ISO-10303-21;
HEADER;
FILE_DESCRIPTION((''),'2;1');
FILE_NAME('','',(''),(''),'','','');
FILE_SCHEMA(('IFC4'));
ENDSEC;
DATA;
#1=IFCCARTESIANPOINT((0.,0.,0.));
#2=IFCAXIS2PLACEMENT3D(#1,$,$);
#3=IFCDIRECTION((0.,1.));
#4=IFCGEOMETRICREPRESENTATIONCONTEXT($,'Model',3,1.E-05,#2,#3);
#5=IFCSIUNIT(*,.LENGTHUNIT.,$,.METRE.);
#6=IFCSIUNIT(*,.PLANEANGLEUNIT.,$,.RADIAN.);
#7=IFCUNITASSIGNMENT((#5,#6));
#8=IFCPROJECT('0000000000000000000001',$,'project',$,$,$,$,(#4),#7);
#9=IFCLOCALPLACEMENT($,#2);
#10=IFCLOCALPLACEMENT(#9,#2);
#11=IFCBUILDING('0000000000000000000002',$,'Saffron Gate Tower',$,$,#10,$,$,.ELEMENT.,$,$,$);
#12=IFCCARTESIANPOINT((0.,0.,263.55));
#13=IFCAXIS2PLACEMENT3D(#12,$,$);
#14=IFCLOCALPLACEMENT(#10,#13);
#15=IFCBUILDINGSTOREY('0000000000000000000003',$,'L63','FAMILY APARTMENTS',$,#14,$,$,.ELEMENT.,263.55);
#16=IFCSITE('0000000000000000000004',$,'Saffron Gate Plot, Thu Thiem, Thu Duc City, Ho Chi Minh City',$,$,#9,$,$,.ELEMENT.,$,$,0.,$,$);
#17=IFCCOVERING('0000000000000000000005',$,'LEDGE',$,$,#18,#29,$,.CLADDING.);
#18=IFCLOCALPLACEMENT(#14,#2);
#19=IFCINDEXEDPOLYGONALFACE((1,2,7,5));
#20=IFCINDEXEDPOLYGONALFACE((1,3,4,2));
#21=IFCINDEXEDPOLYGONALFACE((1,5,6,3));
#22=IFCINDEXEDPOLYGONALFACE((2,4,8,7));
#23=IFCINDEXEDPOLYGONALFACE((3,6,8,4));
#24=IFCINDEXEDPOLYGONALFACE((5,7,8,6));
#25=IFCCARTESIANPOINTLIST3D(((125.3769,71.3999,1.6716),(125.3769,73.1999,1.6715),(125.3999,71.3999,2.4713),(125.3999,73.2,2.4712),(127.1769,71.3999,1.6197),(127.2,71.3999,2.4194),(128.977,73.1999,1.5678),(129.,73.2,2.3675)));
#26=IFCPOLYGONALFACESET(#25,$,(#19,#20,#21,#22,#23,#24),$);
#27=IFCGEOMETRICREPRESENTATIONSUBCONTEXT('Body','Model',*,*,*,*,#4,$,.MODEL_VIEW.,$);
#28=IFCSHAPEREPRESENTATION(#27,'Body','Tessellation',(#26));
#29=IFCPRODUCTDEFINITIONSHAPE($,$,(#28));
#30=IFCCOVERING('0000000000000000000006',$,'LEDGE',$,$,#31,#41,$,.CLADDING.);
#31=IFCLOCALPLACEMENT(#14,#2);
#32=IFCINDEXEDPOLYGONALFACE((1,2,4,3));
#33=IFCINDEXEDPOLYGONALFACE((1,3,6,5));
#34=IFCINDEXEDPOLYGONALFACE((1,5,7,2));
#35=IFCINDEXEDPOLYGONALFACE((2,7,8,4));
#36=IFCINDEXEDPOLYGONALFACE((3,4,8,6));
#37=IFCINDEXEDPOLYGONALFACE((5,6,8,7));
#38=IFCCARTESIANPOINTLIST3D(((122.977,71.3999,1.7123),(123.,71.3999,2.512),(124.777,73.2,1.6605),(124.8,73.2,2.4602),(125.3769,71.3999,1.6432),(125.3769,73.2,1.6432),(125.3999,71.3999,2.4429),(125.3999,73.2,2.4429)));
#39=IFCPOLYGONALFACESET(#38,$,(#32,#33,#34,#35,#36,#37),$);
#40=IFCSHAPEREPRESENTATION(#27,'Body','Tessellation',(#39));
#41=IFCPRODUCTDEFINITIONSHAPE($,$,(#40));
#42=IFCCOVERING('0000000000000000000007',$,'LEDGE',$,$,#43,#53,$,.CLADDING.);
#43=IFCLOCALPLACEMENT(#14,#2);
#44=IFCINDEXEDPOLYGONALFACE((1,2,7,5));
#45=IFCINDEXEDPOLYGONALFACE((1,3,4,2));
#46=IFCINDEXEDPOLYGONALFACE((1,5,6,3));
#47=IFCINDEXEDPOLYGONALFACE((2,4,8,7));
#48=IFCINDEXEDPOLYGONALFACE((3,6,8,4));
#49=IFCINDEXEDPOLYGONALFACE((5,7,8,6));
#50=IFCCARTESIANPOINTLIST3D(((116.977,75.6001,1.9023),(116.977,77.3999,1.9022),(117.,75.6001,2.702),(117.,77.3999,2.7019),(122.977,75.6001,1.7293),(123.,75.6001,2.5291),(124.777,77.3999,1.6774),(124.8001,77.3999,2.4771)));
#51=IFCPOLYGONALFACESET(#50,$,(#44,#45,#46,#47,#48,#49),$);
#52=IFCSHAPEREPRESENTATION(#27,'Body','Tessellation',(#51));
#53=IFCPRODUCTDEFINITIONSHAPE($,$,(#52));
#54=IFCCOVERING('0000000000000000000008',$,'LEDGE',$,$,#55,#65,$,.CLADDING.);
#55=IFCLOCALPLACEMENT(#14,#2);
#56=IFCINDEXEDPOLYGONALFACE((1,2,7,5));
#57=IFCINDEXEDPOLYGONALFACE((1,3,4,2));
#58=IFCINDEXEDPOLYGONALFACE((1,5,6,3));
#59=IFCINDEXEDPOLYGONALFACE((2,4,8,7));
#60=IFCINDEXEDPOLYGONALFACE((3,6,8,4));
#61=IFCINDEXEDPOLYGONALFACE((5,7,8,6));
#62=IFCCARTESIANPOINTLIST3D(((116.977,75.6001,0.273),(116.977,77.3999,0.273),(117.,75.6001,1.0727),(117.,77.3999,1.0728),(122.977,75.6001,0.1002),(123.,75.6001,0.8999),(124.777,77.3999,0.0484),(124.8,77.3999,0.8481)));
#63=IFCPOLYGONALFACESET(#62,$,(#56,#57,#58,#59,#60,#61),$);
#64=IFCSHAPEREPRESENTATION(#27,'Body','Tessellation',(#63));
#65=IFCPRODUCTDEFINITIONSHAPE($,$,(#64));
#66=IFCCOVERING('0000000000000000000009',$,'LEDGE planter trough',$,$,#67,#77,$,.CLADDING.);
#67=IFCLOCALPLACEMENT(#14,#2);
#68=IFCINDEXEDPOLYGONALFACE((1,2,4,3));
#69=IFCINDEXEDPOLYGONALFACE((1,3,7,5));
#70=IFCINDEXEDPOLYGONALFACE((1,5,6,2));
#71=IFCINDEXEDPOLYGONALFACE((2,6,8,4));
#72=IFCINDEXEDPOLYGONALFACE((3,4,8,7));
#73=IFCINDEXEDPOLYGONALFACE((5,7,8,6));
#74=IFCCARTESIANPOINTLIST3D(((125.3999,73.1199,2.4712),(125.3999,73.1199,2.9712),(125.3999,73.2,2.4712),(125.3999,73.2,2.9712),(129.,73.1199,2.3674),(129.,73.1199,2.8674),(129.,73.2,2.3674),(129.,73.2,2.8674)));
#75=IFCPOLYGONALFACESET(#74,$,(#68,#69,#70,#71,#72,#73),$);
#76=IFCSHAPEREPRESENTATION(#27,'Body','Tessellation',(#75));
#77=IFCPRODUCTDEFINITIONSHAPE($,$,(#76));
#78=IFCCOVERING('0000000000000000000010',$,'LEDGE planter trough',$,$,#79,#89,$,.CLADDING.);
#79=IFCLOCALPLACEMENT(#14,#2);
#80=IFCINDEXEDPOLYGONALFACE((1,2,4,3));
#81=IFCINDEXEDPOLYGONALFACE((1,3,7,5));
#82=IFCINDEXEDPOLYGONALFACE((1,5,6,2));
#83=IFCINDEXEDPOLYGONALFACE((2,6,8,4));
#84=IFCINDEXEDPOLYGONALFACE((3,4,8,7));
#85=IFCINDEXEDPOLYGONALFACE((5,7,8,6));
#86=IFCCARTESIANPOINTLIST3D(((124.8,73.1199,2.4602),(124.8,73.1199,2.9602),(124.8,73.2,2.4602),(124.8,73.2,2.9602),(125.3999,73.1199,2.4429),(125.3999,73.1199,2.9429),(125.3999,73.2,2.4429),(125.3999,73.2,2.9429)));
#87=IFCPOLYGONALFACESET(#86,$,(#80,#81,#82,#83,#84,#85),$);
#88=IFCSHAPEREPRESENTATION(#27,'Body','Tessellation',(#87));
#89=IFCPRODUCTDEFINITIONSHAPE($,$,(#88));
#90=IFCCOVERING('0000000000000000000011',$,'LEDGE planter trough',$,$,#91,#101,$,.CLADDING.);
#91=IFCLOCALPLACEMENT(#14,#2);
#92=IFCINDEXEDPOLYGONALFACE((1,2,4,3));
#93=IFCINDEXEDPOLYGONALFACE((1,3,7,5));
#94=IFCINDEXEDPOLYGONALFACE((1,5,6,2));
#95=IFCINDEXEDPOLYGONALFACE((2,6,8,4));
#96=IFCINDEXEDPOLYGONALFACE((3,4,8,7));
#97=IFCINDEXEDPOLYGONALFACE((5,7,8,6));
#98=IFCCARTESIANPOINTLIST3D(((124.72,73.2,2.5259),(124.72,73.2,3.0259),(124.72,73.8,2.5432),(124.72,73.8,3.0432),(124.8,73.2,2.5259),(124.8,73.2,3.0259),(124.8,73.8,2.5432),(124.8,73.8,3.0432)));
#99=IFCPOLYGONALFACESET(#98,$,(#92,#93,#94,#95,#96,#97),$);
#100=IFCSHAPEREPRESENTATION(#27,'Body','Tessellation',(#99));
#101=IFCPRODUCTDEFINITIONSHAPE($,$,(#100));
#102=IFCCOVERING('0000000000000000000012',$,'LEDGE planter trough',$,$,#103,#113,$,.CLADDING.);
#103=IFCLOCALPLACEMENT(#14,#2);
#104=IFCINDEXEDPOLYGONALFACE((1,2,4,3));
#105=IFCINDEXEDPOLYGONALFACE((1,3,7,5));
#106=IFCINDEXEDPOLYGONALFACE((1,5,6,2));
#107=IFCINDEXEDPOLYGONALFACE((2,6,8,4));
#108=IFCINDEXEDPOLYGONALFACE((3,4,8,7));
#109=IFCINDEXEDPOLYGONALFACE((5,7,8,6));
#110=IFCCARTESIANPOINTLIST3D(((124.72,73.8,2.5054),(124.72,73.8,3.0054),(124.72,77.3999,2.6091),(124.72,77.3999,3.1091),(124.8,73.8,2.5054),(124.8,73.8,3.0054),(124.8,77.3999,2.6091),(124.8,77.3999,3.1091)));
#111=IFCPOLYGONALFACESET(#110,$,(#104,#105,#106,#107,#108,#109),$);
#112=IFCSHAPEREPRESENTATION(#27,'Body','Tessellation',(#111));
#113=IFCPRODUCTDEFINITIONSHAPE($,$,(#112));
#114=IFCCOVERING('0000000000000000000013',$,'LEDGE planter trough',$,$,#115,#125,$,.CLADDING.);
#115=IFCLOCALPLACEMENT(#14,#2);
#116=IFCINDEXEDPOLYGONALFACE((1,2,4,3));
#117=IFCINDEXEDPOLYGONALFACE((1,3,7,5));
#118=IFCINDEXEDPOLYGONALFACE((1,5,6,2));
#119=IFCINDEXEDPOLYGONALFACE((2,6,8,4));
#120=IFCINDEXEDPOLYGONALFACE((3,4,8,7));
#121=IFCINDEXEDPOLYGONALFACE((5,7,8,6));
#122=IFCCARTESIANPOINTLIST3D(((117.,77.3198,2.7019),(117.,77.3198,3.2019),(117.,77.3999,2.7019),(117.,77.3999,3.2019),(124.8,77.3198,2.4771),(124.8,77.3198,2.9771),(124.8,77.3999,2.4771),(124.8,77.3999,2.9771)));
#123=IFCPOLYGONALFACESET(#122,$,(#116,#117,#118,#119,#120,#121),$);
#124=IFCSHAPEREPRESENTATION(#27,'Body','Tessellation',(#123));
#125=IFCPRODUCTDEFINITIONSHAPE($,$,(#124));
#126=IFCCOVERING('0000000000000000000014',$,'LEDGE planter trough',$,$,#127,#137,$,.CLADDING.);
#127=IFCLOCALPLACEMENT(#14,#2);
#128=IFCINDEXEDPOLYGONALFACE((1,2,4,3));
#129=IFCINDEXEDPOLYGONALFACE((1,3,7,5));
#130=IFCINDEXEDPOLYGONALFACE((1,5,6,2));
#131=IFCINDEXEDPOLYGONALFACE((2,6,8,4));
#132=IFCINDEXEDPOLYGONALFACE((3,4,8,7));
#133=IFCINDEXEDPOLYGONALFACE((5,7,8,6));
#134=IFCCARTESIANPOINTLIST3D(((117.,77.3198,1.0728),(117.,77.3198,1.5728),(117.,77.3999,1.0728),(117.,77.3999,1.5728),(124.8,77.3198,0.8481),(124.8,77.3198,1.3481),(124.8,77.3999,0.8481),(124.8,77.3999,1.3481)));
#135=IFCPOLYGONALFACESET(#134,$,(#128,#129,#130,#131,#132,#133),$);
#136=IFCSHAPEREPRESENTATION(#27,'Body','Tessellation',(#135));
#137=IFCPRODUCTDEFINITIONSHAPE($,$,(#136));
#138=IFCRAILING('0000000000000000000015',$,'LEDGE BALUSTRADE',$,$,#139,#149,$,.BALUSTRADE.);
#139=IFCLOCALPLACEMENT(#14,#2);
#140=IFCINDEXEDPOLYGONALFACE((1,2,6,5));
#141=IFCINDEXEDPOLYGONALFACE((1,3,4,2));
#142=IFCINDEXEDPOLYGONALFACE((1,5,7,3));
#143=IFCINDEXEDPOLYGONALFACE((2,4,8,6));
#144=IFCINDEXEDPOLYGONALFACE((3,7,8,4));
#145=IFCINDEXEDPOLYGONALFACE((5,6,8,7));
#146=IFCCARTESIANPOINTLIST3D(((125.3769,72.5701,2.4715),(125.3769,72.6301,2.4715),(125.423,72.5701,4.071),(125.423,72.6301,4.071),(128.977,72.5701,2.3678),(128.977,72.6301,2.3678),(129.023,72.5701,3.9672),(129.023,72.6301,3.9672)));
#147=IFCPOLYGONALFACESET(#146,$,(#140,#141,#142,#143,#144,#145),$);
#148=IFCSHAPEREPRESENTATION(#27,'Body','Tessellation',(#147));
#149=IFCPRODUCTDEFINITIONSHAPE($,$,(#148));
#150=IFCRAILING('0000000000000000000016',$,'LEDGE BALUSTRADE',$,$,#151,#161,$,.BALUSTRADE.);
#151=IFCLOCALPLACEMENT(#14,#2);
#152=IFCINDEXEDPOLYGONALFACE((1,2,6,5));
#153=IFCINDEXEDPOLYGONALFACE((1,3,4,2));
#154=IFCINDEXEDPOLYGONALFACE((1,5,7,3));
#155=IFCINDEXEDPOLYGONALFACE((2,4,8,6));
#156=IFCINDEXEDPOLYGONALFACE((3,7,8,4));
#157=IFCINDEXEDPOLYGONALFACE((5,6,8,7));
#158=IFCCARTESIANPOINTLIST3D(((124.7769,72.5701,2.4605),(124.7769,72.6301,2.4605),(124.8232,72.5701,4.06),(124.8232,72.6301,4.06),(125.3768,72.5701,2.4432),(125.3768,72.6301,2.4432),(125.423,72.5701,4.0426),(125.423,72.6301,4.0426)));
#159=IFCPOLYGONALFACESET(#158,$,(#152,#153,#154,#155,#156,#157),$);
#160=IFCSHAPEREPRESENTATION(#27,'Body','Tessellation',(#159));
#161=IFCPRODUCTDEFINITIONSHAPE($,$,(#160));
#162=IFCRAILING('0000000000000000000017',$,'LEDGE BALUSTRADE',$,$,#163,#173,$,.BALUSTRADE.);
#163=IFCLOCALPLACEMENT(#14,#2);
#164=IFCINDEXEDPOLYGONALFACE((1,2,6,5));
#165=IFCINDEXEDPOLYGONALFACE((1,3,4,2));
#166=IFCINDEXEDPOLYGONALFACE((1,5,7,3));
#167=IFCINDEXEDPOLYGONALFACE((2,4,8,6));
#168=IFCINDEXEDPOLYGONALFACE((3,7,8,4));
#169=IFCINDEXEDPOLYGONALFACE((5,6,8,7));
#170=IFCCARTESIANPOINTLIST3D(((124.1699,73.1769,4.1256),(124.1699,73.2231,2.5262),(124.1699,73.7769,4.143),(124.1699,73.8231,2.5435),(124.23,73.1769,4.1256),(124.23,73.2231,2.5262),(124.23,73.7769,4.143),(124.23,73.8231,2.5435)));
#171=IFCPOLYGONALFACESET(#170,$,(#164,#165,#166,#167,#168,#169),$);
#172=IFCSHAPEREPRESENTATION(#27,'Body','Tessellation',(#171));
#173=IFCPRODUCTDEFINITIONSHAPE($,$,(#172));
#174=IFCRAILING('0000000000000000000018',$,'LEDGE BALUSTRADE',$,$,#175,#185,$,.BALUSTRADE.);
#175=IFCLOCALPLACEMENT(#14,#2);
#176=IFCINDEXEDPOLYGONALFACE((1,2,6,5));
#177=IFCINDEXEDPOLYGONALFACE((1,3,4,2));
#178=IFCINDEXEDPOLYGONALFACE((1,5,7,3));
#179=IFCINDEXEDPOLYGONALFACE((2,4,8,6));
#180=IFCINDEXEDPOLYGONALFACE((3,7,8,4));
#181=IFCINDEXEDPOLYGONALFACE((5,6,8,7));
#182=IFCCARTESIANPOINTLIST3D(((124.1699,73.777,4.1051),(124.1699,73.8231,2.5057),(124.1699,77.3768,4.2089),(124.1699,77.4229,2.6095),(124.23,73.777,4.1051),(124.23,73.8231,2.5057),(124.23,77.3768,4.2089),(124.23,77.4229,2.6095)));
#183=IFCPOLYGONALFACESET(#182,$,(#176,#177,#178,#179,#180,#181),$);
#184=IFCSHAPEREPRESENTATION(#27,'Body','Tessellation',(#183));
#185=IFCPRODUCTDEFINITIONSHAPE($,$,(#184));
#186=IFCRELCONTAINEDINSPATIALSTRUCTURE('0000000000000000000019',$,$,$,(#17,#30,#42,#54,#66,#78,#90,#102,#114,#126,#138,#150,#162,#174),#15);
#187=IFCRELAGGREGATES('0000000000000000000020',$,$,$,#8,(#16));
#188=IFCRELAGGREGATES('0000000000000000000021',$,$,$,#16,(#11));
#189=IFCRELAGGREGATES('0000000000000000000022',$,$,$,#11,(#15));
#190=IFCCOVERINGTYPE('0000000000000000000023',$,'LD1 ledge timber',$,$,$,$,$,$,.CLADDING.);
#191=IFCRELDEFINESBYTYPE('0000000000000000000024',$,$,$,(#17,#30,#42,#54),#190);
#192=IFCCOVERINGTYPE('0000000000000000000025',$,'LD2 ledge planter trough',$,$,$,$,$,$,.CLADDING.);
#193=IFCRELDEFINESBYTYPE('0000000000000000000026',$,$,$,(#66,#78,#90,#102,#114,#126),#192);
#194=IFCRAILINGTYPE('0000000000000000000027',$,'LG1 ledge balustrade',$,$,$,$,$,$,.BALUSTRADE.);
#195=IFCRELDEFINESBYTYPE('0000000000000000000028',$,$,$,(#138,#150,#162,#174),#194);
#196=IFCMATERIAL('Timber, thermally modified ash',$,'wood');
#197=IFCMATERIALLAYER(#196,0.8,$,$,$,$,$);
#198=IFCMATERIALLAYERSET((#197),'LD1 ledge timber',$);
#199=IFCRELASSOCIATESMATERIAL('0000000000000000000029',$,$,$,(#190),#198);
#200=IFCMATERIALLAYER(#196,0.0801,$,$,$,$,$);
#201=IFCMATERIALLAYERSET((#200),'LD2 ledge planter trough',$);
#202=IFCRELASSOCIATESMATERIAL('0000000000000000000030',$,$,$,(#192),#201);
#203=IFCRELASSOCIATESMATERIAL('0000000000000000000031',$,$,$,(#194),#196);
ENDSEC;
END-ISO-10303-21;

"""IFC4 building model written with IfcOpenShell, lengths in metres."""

from ifc_helpers import new_model, si_unit, direction, frame, origin, origin_2d, place, context, subcontext, project, spatial, polyline, rectangle, outline, extrude, material, layer, layer_set, type_object, element, save


model = new_model("IFC4")

# Units and contexts
model_context = context("Model", 3, precision=1e-05, world=origin(), true_north=direction((0.0, 1.0)))
body_context = subcontext(model_context, "Body", "Model", "MODEL_VIEW")
ifc_project = project(units=[si_unit("LENGTHUNIT", "METRE"), si_unit("PLANEANGLEUNIT", "RADIAN")], contexts=[model_context])

# Site, building, storey
site_placement = place(None, origin())
site = spatial("IfcSite", under=ifc_project, at=site_placement, Name="Saffron Gate Plot, Thu Thiem, Thu Duc City, Ho Chi Minh City", CompositionType="ELEMENT", RefElevation=0.0)
building_placement = place(site_placement, origin())
building = spatial("IfcBuilding", under=site, at=building_placement, Name="Saffron Gate Tower", CompositionType="ELEMENT")
storey_placement = place(building_placement, frame((0.0, 0.0, 263.55)))
storey = spatial("IfcBuildingStorey", under=building, at=storey_placement, Name="L63", Description="FAMILY APARTMENTS", CompositionType="ELEMENT", Elevation=263.55)

# Coverings
ifc_material = material(Name="Timber, thermally modified ash", Category="wood")
ifc_layer_1 = layer(ifc_material, 0.8)
ifc_layer_set_1 = layer_set([ifc_layer_1], Name="LD1 ledge timber")
covering_type_1 = type_object("IfcCoveringType", Name="LD1 ledge timber", PredefinedType="CLADDING", material=ifc_layer_set_1)
covering_1_placement = place(storey_placement, frame((127.2, 71.3999, 2.4194), z_axis=(0.028787, 0.000045, 0.999586), x_axis=(-0.999586, 0.0, 0.028787)))
element("IfcCovering", 1, at=covering_1_placement, inside=storey, type_object=covering_type_1, Name="LEDGE", PredefinedType="CLADDING", context=body_context, shape_type="SweptSolid", body=[
    extrude(outline(polyline([(0.0, 0.0), (1.8008, 0.0), (1.8008, -1.8), (-1.8008, -1.8), (0.0, 0.0)])), origin(), (0.0, 0.0, -1.0), 0.8),
])
covering_2_placement = place(storey_placement, frame((125.3999, 71.3999, 2.4429), z_axis=(0.028799, -0.000029, 0.999585), x_axis=(-0.999585, 0.0, 0.028799)))
element("IfcCovering", 2, at=covering_2_placement, inside=storey, type_object=covering_type_1, Name="LEDGE", PredefinedType="CLADDING", context=body_context, shape_type="SweptSolid", body=[
    extrude(outline(polyline([(0.0, 0.0), (2.4009, 0.0), (0.6001, -1.8), (0.0, -1.8), (0.0, 0.0)])), origin(), (0.0, 0.0, -1.0), 0.8),
])
covering_3_placement = place(storey_placement, frame((123.0, 75.6001, 2.5291), z_axis=(0.028807, 0.000035, 0.999585), x_axis=(-0.999585, 0.0, 0.028807)))
element("IfcCovering", 3, at=covering_3_placement, inside=storey, type_object=covering_type_1, Name="LEDGE", PredefinedType="CLADDING", context=body_context, shape_type="SweptSolid", body=[
    extrude(outline(polyline([(0.0, 0.0), (6.0025, 0.0), (6.0025, -1.7998), (-1.8008, -1.7998), (0.0, 0.0)])), origin(), (0.0, 0.0, -1.0), 0.8),
])
covering_4_placement = place(storey_placement, frame((123.0, 75.6001, 0.8999), z_axis=(0.028789, -0.000024, 0.999585), x_axis=(-0.999585, 0.0, 0.028789)))
element("IfcCovering", 4, at=covering_4_placement, inside=storey, type_object=covering_type_1, Name="LEDGE", PredefinedType="CLADDING", context=body_context, shape_type="SweptSolid", body=[
    extrude(outline(polyline([(0.0, 0.0), (6.0025, 0.0), (6.0025, -1.7998), (-1.8008, -1.7998), (0.0, 0.0)])), origin(), (0.0, 0.0, -1.0), 0.8),
])
ifc_layer_2 = layer(ifc_material, 0.0801)
ifc_layer_set_2 = layer_set([ifc_layer_2], Name="LD2 ledge planter trough")
covering_type_2 = type_object("IfcCoveringType", Name="LD2 ledge planter trough", PredefinedType="CLADDING", material=ifc_layer_set_2)
covering_5_placement = place(storey_placement, frame((129.0, 73.2, 2.3674), z_axis=(0.0, 1.0, 0.0), x_axis=(-0.999585, 0.0, 0.028809)))
element("IfcCovering", 5, at=covering_5_placement, inside=storey, type_object=covering_type_2, Name="LEDGE planter trough", PredefinedType="CLADDING", context=body_context, shape_type="SweptSolid", body=[
    extrude(outline(polyline([(0.0, 0.0), (3.6016, 0.0), (3.616, 0.4998), (0.0144, 0.4998), (0.0, 0.0)])), origin(), (0.0, 0.0, -1.0), 0.0801),
])
covering_6_placement = place(storey_placement, frame((125.3999, 73.2, 2.4429), z_axis=(0.0, 1.0, 0.0), x_axis=(-0.999583, 0.0, 0.028885)))
element("IfcCovering", 6, at=covering_6_placement, inside=storey, type_object=covering_type_2, Name="LEDGE planter trough", PredefinedType="CLADDING", context=body_context, shape_type="SweptSolid", body=[
    extrude(outline(polyline([(0.0, 0.0), (0.6001, 0.0), (0.6145, 0.4998), (0.0144, 0.4998), (0.0, 0.0)])), origin(), (0.0, 0.0, -1.0), 0.0801),
])
covering_7_placement = place(storey_placement, frame((124.8, 73.2, 2.5259), z_axis=(1.0, 0.0, 0.0), x_axis=(0.0, 0.999583, 0.028873)))
element("IfcCovering", 7, at=covering_7_placement, inside=storey, type_object=covering_type_2, Name="LEDGE planter trough", PredefinedType="CLADDING", context=body_context, shape_type="SweptSolid", body=[
    extrude(outline(polyline([(0.0, 0.0), (0.6003, 0.0), (0.6148, 0.4998), (0.0144, 0.4998), (0.0, 0.0)])), origin(), (0.0, 0.0, -1.0), 0.0801),
])
covering_8_placement = place(storey_placement, frame((124.8, 73.8, 2.5054), z_axis=(1.0, 0.0, 0.0), x_axis=(0.0, 0.999585, 0.028811)))
element("IfcCovering", 8, at=covering_8_placement, inside=storey, type_object=covering_type_2, Name="LEDGE planter trough", PredefinedType="CLADDING", context=body_context, shape_type="SweptSolid", body=[
    extrude(outline(polyline([(0.0, 0.0), (3.6013, 0.0), (3.6158, 0.4998), (0.0144, 0.4998), (0.0, 0.0)])), origin(), (0.0, 0.0, -1.0), 0.0801),
])
covering_9_placement = place(storey_placement, frame((124.8, 77.3999, 2.4771), z_axis=(0.0, 1.0, 0.0), x_axis=(-0.999585, 0.0, 0.028815)))
element("IfcCovering", 9, at=covering_9_placement, inside=storey, type_object=covering_type_2, Name="LEDGE planter trough", PredefinedType="CLADDING", context=body_context, shape_type="SweptSolid", body=[
    extrude(outline(polyline([(0.0, 0.0), (7.8033, 0.0), (7.8177, 0.4998), (0.0144, 0.4998), (0.0, 0.0)])), origin(), (0.0, 0.0, -1.0), 0.0801),
])
covering_10_placement = place(storey_placement, frame((124.8, 77.3999, 0.8481), z_axis=(0.0, 1.0, 0.0), x_axis=(-0.999586, 0.0, 0.028784)))
element("IfcCovering", 10, at=covering_10_placement, inside=storey, type_object=covering_type_2, Name="LEDGE planter trough", PredefinedType="CLADDING", context=body_context, shape_type="SweptSolid", body=[
    extrude(outline(polyline([(0.0, 0.0), (7.8033, 0.0), (7.8177, 0.4998), (0.0144, 0.4998), (0.0, 0.0)])), origin(), (0.0, 0.0, -1.0), 0.0801),
])

# Railings
railing_type = type_object("IfcRailingType", Name="LG1 ledge balustrade", PredefinedType="BALUSTRADE", material=ifc_material)
railing_1_placement = place(storey_placement, frame((129.0, 72.6001, 2.3674)))
element("IfcRailing", 11, at=railing_1_placement, inside=storey, type_object=railing_type, Name="LEDGE BALUSTRADE", PredefinedType="BALUSTRADE", context=body_context, shape_type="SweptSolid", body=[
    extrude(rectangle(XDim=0.0601, YDim=1.6001, at=origin_2d()), frame((0.0, 0.0, 0.8), z_axis=(-0.999585, 0.0, 0.028809), x_axis=(0.0, -1.0, 0.0)), (0.0, 0.0, 1.0), 3.6016),
])
railing_2_placement = place(storey_placement, frame((125.3999, 72.6001, 2.4429)))
element("IfcRailing", 12, at=railing_2_placement, inside=storey, type_object=railing_type, Name="LEDGE BALUSTRADE", PredefinedType="BALUSTRADE", context=body_context, shape_type="SweptSolid", body=[
    extrude(rectangle(XDim=0.0601, YDim=1.6001, at=origin_2d()), frame((0.0, 0.0, 0.8), z_axis=(-0.999583, 0.0, 0.028885), x_axis=(0.0, -1.0, 0.0)), (0.0, 0.0, 1.0), 0.6001),
])
railing_3_placement = place(storey_placement, frame((124.2, 73.2, 2.5259)))
element("IfcRailing", 13, at=railing_3_placement, inside=storey, type_object=railing_type, Name="LEDGE BALUSTRADE", PredefinedType="BALUSTRADE", context=body_context, shape_type="SweptSolid", body=[
    extrude(rectangle(XDim=0.0601, YDim=1.6001, at=origin_2d()), frame((0.0, 0.0, 0.8), z_axis=(0.0, 0.999583, 0.028873), x_axis=(-1.0, 0.0, 0.0)), (0.0, 0.0, 1.0), 0.6003),
])
railing_4_placement = place(storey_placement, frame((124.2, 73.8, 2.5054)))
element("IfcRailing", 14, at=railing_4_placement, inside=storey, type_object=railing_type, Name="LEDGE BALUSTRADE", PredefinedType="BALUSTRADE", context=body_context, shape_type="SweptSolid", body=[
    extrude(rectangle(XDim=0.0601, YDim=1.6001, at=origin_2d()), frame((0.0, 0.0, 0.8), z_axis=(0.0, 0.999585, 0.028811), x_axis=(-1.0, 0.0, 0.0)), (0.0, 0.0, 1.0), 3.6013),
])

save(model, "model.ifc")
